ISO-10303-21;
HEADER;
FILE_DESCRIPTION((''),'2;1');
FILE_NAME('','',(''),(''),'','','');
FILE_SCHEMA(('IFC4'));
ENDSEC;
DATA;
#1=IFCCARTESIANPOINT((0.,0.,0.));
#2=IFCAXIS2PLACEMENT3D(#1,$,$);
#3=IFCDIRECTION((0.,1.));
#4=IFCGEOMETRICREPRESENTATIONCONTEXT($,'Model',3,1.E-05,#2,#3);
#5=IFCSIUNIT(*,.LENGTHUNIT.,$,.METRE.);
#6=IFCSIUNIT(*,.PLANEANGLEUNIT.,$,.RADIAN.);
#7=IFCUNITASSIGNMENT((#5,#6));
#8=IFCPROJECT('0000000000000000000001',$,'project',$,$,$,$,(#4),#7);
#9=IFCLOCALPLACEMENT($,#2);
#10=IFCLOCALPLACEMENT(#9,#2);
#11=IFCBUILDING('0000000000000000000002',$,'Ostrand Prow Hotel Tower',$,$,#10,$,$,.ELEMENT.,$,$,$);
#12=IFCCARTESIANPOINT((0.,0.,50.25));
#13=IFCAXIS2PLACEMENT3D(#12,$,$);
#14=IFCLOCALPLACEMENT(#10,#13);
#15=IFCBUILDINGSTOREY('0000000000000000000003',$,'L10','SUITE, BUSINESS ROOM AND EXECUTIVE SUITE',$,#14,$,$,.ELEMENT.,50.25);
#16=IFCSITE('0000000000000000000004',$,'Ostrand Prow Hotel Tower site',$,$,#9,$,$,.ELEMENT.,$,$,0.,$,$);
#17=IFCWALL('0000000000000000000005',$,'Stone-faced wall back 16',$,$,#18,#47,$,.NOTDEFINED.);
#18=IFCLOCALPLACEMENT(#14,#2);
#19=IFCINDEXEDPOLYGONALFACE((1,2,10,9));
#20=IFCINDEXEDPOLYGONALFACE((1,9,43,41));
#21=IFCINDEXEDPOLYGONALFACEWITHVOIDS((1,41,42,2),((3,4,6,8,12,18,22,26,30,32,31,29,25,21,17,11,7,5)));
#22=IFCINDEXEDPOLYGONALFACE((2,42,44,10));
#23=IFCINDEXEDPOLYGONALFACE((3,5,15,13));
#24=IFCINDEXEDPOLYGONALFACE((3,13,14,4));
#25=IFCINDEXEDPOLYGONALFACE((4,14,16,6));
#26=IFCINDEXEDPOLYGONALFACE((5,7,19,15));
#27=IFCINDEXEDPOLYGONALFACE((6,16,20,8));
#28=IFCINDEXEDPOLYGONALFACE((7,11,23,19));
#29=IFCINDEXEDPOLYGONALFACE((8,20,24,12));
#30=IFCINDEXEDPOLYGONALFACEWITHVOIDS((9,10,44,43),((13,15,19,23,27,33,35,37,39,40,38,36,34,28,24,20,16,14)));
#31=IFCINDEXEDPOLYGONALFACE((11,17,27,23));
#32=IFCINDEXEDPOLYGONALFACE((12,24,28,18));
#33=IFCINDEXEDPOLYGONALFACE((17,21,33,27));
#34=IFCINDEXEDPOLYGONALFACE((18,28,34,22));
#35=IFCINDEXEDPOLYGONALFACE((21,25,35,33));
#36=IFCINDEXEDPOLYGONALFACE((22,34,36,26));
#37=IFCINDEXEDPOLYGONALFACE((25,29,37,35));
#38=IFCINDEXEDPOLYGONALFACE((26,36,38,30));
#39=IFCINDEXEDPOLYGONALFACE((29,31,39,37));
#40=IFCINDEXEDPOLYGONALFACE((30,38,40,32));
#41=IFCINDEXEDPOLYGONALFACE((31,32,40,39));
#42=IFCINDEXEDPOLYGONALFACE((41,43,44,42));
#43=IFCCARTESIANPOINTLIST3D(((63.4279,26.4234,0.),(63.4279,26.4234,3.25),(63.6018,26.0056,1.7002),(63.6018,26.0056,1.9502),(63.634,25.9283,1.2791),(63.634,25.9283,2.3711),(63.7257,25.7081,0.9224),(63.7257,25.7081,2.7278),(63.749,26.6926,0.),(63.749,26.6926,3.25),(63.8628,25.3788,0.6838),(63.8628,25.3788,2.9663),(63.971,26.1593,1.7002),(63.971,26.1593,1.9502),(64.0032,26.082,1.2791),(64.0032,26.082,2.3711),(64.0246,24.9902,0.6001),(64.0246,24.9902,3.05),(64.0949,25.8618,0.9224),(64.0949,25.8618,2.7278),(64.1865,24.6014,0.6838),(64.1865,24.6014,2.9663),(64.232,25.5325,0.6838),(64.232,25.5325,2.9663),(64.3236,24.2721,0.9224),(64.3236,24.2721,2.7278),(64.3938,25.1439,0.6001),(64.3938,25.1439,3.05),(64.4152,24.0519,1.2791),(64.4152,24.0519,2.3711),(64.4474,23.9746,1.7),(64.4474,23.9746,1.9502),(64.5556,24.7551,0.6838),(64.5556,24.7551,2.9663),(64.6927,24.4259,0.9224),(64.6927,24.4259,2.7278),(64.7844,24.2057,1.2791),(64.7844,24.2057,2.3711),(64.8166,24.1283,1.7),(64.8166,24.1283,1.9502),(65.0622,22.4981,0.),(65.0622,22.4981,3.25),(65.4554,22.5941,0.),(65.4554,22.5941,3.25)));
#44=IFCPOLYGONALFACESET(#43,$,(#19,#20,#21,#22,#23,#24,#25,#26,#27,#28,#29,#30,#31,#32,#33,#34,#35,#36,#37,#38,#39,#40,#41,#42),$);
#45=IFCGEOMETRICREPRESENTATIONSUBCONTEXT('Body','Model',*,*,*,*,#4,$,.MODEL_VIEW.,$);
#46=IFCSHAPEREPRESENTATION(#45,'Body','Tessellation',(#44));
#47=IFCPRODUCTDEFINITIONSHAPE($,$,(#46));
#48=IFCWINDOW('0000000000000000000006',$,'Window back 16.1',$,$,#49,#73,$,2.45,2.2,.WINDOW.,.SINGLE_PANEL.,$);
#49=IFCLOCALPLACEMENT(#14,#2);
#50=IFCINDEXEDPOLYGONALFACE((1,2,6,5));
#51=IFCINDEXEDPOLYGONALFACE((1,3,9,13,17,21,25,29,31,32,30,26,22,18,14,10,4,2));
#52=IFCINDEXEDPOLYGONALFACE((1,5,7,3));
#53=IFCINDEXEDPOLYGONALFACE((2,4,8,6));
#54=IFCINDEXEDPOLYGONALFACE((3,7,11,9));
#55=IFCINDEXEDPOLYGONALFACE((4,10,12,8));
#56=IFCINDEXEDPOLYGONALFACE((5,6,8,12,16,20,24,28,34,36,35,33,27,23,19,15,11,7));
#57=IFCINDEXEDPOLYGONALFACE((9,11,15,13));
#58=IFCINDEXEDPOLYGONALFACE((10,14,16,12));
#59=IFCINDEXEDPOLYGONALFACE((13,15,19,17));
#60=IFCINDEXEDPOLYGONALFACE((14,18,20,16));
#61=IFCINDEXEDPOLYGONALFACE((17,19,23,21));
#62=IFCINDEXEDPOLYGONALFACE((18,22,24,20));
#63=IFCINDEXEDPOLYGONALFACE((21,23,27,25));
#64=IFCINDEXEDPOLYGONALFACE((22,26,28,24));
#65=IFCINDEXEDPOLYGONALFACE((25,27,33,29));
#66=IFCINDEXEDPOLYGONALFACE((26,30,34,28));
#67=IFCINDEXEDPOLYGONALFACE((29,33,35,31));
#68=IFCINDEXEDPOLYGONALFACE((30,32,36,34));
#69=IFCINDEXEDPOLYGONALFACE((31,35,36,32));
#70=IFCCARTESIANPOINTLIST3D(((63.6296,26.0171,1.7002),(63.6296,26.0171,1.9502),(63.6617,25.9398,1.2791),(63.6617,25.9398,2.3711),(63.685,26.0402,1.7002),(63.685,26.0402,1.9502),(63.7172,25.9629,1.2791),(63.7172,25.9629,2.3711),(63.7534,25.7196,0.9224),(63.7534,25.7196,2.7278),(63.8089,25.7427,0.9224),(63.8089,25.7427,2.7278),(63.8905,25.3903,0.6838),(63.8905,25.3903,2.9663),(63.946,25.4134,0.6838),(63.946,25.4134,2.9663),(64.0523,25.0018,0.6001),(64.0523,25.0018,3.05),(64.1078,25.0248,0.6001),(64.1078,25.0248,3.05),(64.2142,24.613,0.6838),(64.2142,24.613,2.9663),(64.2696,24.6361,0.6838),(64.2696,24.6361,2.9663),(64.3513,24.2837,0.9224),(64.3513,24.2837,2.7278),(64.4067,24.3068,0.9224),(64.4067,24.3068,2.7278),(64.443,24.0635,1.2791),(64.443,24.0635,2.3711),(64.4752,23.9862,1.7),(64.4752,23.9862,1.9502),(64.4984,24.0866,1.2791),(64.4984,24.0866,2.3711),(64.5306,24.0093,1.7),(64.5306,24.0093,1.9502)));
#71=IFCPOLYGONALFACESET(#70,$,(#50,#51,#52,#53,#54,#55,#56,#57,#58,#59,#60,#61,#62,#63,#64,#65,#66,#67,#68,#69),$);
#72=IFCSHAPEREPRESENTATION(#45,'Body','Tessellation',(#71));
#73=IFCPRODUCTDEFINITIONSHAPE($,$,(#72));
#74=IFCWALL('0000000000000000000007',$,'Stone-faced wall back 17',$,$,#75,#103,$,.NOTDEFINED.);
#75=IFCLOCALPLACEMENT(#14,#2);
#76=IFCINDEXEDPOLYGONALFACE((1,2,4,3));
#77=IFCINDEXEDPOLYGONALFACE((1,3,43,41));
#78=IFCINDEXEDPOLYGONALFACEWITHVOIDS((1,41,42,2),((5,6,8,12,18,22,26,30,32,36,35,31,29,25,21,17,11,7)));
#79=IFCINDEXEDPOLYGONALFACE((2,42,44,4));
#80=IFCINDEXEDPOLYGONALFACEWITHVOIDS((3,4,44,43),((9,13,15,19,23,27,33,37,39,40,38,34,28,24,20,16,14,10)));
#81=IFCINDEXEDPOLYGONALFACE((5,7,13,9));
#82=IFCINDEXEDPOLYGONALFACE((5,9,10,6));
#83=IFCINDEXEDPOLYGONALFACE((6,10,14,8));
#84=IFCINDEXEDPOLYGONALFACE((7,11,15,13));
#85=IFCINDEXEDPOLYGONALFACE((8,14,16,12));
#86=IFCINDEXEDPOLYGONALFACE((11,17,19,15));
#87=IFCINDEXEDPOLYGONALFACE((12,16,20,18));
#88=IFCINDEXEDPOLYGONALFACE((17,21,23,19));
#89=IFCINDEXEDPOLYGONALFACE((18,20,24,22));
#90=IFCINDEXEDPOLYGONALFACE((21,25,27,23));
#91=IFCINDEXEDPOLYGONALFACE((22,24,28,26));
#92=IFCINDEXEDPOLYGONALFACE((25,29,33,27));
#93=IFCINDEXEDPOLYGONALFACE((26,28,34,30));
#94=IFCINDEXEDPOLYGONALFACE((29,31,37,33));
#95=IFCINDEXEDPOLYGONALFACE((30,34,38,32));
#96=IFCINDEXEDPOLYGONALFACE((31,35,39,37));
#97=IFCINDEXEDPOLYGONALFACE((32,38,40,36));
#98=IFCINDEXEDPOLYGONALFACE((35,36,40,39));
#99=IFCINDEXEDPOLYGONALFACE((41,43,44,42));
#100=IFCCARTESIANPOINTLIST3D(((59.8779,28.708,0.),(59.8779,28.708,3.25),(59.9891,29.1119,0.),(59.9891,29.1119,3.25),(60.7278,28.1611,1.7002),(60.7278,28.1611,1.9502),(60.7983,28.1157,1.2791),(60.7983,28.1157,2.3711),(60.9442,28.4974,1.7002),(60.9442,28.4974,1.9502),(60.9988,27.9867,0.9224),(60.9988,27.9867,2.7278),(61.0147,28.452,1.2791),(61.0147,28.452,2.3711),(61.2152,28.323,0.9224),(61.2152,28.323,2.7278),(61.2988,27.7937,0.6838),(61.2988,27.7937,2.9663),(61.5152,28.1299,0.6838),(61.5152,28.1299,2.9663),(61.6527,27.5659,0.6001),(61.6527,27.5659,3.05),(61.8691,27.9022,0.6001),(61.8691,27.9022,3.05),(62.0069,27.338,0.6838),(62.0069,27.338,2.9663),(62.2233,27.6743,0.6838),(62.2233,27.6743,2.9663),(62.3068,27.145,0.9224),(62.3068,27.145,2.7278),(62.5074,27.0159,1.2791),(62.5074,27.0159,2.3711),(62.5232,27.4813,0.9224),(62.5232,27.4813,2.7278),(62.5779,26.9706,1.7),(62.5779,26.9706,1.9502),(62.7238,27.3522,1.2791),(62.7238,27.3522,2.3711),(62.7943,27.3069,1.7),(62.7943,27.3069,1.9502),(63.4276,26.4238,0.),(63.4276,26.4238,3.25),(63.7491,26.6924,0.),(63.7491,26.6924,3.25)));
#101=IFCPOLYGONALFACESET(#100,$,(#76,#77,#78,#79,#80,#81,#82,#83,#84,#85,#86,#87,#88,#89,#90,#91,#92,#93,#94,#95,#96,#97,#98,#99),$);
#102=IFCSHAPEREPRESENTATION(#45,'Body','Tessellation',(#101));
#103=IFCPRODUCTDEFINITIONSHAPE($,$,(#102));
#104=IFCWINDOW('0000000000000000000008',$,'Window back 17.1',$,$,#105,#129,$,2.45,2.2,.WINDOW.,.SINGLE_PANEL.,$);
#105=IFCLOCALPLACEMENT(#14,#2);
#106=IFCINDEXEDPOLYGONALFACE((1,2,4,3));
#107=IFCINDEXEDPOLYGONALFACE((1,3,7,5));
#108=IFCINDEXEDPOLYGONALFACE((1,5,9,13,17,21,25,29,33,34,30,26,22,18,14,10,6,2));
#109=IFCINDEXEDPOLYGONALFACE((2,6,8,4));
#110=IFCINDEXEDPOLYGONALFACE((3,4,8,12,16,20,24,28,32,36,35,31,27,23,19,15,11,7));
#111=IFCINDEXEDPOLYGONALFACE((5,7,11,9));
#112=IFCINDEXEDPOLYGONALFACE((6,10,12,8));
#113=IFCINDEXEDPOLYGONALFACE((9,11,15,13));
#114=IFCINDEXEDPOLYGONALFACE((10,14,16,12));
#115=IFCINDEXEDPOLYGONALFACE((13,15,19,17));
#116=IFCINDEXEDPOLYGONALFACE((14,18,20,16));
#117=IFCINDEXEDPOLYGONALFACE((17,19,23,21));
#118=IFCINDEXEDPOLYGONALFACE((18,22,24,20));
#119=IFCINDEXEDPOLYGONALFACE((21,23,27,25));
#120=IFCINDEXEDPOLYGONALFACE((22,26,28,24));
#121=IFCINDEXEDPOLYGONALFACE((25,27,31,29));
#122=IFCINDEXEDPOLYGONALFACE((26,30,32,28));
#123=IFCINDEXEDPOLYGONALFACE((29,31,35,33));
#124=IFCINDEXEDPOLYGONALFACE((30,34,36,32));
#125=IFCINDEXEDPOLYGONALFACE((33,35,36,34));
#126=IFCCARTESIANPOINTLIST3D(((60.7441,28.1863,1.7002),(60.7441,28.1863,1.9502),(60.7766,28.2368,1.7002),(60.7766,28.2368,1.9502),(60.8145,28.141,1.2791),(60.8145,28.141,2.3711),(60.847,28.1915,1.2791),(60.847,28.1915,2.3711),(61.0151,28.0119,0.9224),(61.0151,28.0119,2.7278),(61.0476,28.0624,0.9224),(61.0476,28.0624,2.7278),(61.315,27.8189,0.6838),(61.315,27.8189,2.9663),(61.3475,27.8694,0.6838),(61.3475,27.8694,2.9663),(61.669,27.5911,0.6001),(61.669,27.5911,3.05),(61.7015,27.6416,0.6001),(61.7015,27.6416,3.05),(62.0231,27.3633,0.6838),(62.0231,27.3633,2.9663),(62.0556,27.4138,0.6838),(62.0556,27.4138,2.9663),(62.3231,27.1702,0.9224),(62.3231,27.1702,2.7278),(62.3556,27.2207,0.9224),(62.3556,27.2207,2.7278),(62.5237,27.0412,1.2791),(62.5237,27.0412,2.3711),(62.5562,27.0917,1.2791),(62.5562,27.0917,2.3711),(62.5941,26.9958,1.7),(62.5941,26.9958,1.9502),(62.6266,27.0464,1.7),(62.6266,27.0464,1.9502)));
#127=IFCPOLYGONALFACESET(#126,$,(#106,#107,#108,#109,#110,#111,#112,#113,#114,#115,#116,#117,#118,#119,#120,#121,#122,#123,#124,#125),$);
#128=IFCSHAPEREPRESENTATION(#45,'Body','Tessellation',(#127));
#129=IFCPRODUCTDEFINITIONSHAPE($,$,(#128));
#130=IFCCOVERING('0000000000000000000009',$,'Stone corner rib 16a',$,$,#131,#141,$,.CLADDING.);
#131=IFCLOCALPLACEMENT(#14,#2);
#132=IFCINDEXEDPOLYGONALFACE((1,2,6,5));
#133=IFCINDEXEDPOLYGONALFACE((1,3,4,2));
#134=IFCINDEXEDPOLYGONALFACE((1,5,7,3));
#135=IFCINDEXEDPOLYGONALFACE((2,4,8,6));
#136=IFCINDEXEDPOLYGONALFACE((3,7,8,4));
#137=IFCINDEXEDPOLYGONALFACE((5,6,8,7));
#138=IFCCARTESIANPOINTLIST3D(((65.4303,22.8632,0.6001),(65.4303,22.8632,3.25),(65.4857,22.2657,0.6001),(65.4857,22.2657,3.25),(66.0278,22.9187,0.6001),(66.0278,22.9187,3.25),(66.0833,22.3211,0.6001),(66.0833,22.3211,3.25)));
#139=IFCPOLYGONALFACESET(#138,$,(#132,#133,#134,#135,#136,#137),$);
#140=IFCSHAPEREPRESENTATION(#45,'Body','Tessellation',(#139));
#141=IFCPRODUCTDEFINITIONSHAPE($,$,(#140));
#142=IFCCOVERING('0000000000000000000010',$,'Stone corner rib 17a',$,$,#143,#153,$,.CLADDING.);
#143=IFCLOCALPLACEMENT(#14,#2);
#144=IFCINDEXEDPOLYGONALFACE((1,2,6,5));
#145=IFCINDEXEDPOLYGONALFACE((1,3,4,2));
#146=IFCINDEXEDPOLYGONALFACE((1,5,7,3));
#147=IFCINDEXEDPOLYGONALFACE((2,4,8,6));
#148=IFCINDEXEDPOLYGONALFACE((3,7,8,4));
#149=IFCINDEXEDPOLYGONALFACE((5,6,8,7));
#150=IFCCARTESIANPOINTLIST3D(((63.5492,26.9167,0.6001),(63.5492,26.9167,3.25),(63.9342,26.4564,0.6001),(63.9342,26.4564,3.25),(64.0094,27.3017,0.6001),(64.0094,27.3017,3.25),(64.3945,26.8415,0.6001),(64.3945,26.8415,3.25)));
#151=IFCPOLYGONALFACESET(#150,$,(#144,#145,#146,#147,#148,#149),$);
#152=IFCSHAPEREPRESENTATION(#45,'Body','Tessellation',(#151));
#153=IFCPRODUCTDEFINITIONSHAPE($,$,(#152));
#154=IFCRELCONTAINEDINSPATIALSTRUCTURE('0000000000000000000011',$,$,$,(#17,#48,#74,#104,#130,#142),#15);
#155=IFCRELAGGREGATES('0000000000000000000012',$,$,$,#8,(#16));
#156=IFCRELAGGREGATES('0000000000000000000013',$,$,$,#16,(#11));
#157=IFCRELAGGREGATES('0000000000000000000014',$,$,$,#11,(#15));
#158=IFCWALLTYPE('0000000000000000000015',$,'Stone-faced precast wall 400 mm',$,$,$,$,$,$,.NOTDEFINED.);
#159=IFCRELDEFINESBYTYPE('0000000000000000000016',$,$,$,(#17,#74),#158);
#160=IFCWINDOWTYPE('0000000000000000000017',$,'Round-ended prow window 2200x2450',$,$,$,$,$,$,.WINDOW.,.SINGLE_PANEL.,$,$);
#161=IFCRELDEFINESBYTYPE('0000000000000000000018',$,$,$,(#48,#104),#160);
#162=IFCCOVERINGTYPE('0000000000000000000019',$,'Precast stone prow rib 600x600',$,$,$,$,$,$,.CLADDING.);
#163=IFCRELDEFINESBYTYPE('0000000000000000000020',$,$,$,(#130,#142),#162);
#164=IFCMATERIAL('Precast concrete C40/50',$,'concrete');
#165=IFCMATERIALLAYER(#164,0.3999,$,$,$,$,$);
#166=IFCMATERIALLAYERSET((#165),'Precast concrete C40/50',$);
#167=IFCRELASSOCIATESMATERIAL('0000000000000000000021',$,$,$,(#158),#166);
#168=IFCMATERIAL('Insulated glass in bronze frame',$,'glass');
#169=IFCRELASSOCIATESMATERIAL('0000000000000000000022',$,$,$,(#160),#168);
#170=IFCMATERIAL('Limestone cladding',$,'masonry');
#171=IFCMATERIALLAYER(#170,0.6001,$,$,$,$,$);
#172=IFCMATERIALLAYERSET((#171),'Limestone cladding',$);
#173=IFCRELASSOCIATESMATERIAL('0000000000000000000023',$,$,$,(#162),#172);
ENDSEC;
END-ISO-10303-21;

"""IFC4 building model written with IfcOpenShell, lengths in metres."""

from ifc_helpers import new_model, si_unit, direction, frame, frame_2d, origin, place, context, subcontext, project, spatial, polyline, rectangle, outline, extrude, material, layer, layer_set, type_object, element, fill, save


model = new_model("IFC4")

# Units and contexts
model_context = context("Model", 3, precision=1e-05, world=origin(), true_north=direction((0.0, 1.0)))
body_context = subcontext(model_context, "Body", "Model", "MODEL_VIEW")
ifc_project = project(units=[si_unit("LENGTHUNIT", "METRE"), si_unit("PLANEANGLEUNIT", "RADIAN")], contexts=[model_context])

# Site, building, storey
site_placement = place(None, origin())
site = spatial("IfcSite", under=ifc_project, at=site_placement, Name="Ostrand Prow Hotel Tower site", CompositionType="ELEMENT", RefElevation=0.0)
building_placement = place(site_placement, origin())
building = spatial("IfcBuilding", under=site, at=building_placement, Name="Ostrand Prow Hotel Tower", CompositionType="ELEMENT")
storey_placement = place(building_placement, frame((0.0, 0.0, 50.25)))
storey = spatial("IfcBuildingStorey", under=building, at=storey_placement, Name="L10", Description="SUITE, BUSINESS ROOM AND EXECUTIVE SUITE", CompositionType="ELEMENT", Elevation=50.25)

# Walls, openings, windows
ifc_material_1 = material(Name="Precast concrete C40/50", Category="concrete")
ifc_layer_1 = layer(ifc_material_1, 0.3999)
ifc_layer_set_1 = layer_set([ifc_layer_1], Name="Precast concrete C40/50")
wall_type_1 = type_object("IfcWallType", Name="Stone-faced precast wall 400 mm", PredefinedType="NOTDEFINED", material=ifc_layer_set_1)
wall_1_placement = place(storey_placement, frame((65.2588, 22.5461, 0.0), z_axis=(0.0, 0.0, 1.0), x_axis=(-0.384372, 0.923178, 0.0)))
wall_1 = element("IfcWall", 1, at=wall_1_placement, inside=storey, type_object=wall_type_1, Name="Stone-faced wall back 16", PredefinedType="NOTDEFINED", context=body_context, shape_type="SweptSolid", body=[
    extrude(outline(polyline([(-0.0312, -0.2), (4.4082, -0.2), (4.2832, 0.2), (0.0312, 0.2), (-0.0312, -0.2)])), origin(), (0.0, 0.0, 1.0), 3.25),
])
opening_1_placement = place(wall_1_placement, frame((1.6306, 0.0, 0.6001)))
opening_1 = element("IfcOpeningElement", 2, at=opening_1_placement, cuts=wall_1, PredefinedType="OPENING", context=body_context, shape_type="SweptSolid", body=[
    extrude(outline(polyline([(0.0, 1.3501), (0.0837, 1.771), (0.3223, 2.1277), (0.679, 2.3662), (1.1001, 2.45), (1.521, 2.3662), (1.8777, 2.1277), (2.1162, 1.771), (2.2, 1.3501), (2.2, 1.1001), (2.1162, 0.679), (1.8777, 0.3223), (1.521, 0.0837), (1.1001, 0.0), (0.679, 0.0837), (0.3223, 0.3223), (0.0837, 0.679), (0.0, 1.0999), (0.0, 1.3501)])), frame((0.0, 0.21, 0.0), z_axis=(0.0, -1.0, 0.0), x_axis=(1.0, 0.0, 0.0)), (0.0, 0.0, 1.0), 0.4199),
])
ifc_material_2 = material(Name="Insulated glass in bronze frame", Category="glass")
window_type_1 = type_object("IfcWindowType", Name="Round-ended prow window 2200x2450", PartitioningType="SINGLE_PANEL", PredefinedType="WINDOW", material=ifc_material_2)
window_1_placement = place(opening_1_placement, origin())
window_1 = element("IfcWindow", 3, at=window_1_placement, inside=storey, type_object=window_type_1, Name="Window back 16.1", OverallHeight=2.45, OverallWidth=2.2, PartitioningType="SINGLE_PANEL", PredefinedType="WINDOW", context=body_context, shape_type="SweptSolid", body=[
    extrude(outline(polyline([(0.0, 1.3501), (0.0837, 1.771), (0.3223, 2.1277), (0.679, 2.3662), (1.1001, 2.45), (1.521, 2.3662), (1.8777, 2.1277), (2.1162, 1.771), (2.2, 1.3501), (2.2, 1.1001), (2.1162, 0.679), (1.8777, 0.3223), (1.521, 0.0837), (1.1001, 0.0), (0.679, 0.0837), (0.3223, 0.3223), (0.0837, 0.679), (0.0, 1.0999), (0.0, 1.3501)])), frame((0.0, 0.1699, 0.0), z_axis=(0.0, -1.0, 0.0), x_axis=(1.0, 0.0, 0.0)), (0.0, 0.0, 1.0), 0.0601),
])
fill(opening_1, window_1)
wall_2_placement = place(storey_placement, frame((63.5884, 26.5581, 0.0), z_axis=(0.0, 0.0, 1.0), x_axis=(-0.840937, 0.541132, 0.0)))
wall_2 = element("IfcWall", 4, at=wall_2_placement, inside=storey, type_object=wall_type_1, Name="Stone-faced wall back 17", PredefinedType="NOTDEFINED", context=body_context, shape_type="SweptSolid", body=[
    extrude(outline(polyline([(-0.0625, -0.2), (4.4087, -0.2), (4.2837, 0.2), (0.0625, 0.2), (-0.0625, -0.2)])), origin(), (0.0, 0.0, 1.0), 3.25),
])
opening_2_placement = place(wall_2_placement, frame((1.073, 0.0, 0.6001)))
opening_2 = element("IfcOpeningElement", 5, at=opening_2_placement, cuts=wall_2, PredefinedType="OPENING", context=body_context, shape_type="SweptSolid", body=[
    extrude(outline(polyline([(0.0, 1.3501), (0.0837, 1.771), (0.3223, 2.1277), (0.679, 2.3662), (1.1001, 2.45), (1.521, 2.3662), (1.8777, 2.1277), (2.1162, 1.771), (2.2, 1.3501), (2.2, 1.1001), (2.1162, 0.679), (1.8777, 0.3223), (1.521, 0.0837), (1.1001, 0.0), (0.679, 0.0837), (0.3223, 0.3223), (0.0837, 0.679), (0.0, 1.0999), (0.0, 1.3501)])), frame((0.0, 0.21, 0.0), z_axis=(0.0, -1.0, 0.0), x_axis=(1.0, 0.0, 0.0)), (0.0, 0.0, 1.0), 0.4199),
])
window_2_placement = place(opening_2_placement, origin())
window_2 = element("IfcWindow", 6, at=window_2_placement, inside=storey, type_object=window_type_1, Name="Window back 17.1", OverallHeight=2.45, OverallWidth=2.2, PartitioningType="SINGLE_PANEL", PredefinedType="WINDOW", context=body_context, shape_type="SweptSolid", body=[
    extrude(outline(polyline([(0.0, 1.3501), (0.0837, 1.771), (0.3223, 2.1277), (0.679, 2.3662), (1.1001, 2.45), (1.521, 2.3662), (1.8777, 2.1277), (2.1162, 1.771), (2.2, 1.3501), (2.2, 1.1001), (2.1162, 0.679), (1.8777, 0.3223), (1.521, 0.0837), (1.1001, 0.0), (0.679, 0.0837), (0.3223, 0.3223), (0.0837, 0.679), (0.0, 1.0999), (0.0, 1.3501)])), frame((0.0, 0.1699, 0.0), z_axis=(0.0, -1.0, 0.0), x_axis=(1.0, 0.0, 0.0)), (0.0, 0.0, 1.0), 0.0601),
])
fill(opening_2, window_2)

# Coverings
ifc_material_3 = material(Name="Limestone cladding", Category="masonry")
ifc_layer_2 = layer(ifc_material_3, 0.6001)
ifc_layer_set_2 = layer_set([ifc_layer_2], Name="Limestone cladding")
covering_type = type_object("IfcCoveringType", Name="Precast stone prow rib 600x600", PredefinedType="CLADDING", material=ifc_layer_set_2)
for number, where, z_axis, x_axis, name in (
    (7, (65.458, 22.5645, 0.6001), (0.0, 0.0, 1.0), (0.995725, 0.09237, 0.0), "Stone corner rib 16a"),
    (8, (63.7417, 26.6865, 0.6001), (0.0, 0.0, 1.0), (0.766986, 0.641664, 0.0), "Stone corner rib 17a"),
):
    element("IfcCovering", number, at=place(storey_placement, frame(where, z_axis=z_axis, x_axis=x_axis)), inside=storey, type_object=covering_type, Name=name, PredefinedType="CLADDING", context=body_context, shape_type="SweptSolid", body=[
        extrude(rectangle(XDim=0.6001, YDim=0.6001, at=frame_2d((0.3, 0.0))), origin(), (0.0, 0.0, 1.0), 2.6499),
    ])

save(model, "model.ifc")
